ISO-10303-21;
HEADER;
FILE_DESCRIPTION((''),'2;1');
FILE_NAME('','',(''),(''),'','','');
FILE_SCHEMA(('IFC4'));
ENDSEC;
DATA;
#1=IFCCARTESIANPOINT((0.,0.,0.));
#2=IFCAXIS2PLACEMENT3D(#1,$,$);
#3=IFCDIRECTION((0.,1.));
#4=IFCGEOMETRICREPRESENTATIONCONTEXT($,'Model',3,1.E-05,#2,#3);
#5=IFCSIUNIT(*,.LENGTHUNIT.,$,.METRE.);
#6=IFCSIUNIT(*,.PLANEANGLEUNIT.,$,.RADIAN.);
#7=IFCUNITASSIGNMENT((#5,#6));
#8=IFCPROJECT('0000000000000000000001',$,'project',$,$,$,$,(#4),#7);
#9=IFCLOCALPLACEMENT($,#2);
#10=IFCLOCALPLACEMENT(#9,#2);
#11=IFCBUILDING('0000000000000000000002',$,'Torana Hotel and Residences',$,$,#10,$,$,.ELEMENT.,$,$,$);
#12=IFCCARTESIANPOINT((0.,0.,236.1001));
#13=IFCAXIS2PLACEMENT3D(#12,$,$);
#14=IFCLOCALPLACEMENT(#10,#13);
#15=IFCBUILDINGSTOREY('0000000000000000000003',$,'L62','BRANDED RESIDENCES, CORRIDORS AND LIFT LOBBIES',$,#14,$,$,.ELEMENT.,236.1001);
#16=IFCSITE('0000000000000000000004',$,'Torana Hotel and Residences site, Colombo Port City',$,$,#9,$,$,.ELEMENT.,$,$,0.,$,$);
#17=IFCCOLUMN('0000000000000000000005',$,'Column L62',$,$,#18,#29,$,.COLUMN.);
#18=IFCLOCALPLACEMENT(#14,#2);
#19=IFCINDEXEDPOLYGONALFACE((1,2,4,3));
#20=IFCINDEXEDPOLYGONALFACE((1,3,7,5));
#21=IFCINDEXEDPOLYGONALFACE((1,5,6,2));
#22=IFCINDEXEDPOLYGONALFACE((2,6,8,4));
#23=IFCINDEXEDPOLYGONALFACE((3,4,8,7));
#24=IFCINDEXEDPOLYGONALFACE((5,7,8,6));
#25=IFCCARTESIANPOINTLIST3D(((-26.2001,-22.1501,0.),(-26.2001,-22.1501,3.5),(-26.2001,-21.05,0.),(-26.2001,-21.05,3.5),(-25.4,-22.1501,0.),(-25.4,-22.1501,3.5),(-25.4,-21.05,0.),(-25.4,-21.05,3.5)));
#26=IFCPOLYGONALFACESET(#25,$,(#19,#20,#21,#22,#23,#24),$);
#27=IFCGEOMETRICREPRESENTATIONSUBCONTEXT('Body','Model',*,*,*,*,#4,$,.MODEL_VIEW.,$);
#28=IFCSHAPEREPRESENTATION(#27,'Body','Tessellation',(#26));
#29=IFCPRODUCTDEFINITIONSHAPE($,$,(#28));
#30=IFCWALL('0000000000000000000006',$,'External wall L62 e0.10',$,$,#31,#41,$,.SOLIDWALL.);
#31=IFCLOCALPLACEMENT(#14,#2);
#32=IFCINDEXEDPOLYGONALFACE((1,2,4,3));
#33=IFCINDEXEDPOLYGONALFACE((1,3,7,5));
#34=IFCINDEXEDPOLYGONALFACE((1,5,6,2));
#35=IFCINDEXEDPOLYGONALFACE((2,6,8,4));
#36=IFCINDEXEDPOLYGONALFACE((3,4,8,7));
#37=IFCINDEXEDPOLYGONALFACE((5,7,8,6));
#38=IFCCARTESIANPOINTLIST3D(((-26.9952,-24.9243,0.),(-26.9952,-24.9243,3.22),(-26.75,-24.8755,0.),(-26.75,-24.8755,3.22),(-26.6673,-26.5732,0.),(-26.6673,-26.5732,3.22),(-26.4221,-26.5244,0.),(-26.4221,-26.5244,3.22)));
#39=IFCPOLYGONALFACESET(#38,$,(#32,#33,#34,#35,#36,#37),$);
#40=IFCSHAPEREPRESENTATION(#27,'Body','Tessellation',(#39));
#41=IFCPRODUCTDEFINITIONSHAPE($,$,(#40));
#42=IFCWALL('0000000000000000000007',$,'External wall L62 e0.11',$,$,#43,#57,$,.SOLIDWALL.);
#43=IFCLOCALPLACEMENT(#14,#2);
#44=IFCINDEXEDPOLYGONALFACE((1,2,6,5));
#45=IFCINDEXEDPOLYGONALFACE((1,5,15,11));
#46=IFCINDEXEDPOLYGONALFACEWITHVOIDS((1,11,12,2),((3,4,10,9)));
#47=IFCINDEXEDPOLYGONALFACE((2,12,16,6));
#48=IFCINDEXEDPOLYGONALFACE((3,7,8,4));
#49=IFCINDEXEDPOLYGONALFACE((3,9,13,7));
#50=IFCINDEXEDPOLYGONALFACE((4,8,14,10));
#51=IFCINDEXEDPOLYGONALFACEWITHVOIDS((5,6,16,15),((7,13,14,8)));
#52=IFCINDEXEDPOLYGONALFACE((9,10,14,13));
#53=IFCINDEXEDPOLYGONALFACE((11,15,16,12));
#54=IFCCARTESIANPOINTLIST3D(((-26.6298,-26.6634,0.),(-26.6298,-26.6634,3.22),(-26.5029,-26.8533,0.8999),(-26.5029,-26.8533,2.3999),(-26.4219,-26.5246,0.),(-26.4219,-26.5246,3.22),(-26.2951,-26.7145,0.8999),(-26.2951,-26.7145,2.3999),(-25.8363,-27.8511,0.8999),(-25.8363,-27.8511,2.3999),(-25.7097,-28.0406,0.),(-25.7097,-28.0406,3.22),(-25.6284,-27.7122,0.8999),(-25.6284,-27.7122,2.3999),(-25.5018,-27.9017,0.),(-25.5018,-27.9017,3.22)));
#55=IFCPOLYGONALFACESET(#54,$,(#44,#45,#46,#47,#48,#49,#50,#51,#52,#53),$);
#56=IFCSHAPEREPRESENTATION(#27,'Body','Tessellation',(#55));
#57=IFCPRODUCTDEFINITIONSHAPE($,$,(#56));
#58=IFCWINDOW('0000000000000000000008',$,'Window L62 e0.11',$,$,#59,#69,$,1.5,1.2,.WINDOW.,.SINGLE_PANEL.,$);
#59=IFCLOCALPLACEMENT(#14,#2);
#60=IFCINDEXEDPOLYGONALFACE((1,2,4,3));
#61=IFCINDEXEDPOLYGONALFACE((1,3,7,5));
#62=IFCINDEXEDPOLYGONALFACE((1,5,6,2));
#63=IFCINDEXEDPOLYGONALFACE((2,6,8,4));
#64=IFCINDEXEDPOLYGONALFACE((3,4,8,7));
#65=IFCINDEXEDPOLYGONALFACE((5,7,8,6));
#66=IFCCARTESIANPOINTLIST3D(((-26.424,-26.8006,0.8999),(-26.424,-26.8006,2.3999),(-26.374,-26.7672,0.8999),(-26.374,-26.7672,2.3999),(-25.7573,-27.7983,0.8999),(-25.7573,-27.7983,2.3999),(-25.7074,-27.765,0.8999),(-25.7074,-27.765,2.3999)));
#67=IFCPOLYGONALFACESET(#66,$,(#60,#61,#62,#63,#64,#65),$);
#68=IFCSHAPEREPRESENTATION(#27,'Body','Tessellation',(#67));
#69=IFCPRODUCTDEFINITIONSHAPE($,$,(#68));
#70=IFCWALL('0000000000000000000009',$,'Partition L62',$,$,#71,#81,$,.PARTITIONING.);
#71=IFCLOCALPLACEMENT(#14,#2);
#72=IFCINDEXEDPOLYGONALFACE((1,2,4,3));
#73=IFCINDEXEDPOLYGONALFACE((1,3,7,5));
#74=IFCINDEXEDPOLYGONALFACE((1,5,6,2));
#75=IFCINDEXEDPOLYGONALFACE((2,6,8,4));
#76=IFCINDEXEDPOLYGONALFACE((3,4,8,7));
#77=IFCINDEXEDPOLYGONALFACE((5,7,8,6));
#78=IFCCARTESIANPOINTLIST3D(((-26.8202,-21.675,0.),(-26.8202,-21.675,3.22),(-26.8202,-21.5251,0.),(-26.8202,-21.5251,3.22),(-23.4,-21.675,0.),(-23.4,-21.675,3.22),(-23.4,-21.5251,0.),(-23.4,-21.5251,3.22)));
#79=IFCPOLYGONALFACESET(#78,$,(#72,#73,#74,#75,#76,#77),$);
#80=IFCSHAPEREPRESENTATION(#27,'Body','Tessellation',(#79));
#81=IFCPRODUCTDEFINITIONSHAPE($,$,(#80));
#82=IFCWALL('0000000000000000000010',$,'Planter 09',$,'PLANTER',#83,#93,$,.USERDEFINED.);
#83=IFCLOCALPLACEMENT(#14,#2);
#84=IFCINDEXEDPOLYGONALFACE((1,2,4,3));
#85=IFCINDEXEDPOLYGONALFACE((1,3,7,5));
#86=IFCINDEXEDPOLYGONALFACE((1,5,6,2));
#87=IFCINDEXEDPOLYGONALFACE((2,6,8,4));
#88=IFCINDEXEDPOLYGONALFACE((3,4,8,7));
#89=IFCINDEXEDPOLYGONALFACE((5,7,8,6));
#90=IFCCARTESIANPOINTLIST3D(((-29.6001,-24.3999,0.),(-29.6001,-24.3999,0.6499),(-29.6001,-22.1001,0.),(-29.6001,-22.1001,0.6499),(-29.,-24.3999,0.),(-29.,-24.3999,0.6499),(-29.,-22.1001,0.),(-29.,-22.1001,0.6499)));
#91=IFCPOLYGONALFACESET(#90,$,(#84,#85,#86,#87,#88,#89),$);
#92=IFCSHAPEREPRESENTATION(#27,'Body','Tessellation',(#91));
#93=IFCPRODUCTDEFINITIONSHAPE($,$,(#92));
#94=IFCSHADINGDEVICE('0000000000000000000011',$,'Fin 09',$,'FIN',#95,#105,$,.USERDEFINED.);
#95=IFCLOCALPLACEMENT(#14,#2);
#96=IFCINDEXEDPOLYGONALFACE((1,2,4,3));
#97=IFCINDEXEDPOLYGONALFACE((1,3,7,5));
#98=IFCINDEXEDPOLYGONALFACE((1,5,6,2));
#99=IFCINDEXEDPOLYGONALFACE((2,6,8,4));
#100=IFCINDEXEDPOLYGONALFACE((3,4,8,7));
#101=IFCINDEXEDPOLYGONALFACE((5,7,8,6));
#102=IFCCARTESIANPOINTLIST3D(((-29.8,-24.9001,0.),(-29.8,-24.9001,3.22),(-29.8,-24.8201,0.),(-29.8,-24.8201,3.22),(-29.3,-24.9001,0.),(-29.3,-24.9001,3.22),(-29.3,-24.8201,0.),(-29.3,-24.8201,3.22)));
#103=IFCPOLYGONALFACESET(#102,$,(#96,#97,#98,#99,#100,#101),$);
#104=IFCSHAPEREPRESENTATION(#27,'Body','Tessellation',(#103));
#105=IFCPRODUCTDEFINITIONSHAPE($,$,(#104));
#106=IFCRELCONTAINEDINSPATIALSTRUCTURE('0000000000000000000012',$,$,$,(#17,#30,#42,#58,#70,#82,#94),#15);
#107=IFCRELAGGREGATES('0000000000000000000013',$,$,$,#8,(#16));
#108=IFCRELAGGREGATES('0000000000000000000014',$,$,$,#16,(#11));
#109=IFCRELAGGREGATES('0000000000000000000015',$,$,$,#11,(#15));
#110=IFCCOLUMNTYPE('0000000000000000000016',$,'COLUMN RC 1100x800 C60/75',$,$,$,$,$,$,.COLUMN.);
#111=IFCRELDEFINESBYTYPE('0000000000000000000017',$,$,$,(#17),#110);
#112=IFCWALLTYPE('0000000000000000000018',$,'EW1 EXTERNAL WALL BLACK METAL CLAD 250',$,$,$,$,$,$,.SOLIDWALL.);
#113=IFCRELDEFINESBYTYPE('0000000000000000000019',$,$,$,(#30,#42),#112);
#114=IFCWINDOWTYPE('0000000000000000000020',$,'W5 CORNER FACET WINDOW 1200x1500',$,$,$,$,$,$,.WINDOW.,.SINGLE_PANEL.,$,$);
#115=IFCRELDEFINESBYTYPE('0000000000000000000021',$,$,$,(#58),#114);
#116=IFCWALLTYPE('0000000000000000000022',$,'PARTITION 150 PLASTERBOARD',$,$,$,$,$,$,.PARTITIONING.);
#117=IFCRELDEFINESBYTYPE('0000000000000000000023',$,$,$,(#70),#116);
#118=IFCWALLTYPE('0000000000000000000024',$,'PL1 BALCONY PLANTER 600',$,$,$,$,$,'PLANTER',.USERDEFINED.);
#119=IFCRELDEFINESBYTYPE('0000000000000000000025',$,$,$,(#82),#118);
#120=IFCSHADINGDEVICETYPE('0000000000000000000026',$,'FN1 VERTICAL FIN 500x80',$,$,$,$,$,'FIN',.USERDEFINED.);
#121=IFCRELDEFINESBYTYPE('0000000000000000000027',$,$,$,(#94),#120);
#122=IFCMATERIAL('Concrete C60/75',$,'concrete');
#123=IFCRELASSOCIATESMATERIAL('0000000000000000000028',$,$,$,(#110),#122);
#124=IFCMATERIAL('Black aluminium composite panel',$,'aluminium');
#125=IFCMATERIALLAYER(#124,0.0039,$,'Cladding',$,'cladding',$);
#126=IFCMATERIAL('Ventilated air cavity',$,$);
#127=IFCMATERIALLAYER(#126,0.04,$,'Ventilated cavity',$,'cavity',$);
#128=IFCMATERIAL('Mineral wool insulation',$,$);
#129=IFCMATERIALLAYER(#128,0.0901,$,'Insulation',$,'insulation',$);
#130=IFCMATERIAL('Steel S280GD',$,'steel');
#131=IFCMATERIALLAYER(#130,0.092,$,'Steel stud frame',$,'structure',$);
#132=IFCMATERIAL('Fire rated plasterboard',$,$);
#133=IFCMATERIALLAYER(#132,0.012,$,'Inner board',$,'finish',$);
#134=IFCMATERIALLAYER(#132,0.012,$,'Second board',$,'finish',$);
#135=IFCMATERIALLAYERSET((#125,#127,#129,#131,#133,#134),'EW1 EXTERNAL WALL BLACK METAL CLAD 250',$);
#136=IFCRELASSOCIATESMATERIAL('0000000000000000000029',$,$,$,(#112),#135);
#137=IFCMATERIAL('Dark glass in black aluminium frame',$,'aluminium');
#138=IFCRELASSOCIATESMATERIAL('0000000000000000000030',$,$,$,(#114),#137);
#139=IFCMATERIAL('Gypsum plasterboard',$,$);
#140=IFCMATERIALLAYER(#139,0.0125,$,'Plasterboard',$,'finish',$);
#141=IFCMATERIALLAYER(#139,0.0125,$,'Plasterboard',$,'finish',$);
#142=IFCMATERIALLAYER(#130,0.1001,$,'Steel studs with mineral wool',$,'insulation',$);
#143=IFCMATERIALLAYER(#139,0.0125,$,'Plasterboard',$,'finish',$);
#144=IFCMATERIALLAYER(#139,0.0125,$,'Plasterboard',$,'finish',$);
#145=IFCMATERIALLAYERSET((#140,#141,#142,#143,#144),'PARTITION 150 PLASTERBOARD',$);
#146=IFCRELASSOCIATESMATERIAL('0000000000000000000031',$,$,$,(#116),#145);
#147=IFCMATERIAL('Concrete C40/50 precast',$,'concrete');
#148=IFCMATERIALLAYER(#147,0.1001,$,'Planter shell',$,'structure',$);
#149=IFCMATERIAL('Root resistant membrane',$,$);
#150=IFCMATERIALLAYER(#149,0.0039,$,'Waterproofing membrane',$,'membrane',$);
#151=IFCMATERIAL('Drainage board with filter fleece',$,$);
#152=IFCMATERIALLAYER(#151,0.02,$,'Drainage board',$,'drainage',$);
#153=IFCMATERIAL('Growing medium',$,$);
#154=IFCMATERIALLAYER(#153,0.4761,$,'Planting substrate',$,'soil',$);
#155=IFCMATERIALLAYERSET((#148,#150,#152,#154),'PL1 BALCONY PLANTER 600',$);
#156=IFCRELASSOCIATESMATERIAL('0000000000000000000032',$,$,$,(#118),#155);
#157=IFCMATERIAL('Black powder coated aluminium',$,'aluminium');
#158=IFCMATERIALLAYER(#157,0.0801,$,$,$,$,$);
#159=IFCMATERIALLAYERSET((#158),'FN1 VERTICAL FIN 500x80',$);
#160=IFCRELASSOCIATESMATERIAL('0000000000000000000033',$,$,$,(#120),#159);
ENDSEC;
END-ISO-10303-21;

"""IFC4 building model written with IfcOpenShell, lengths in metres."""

from ifc_helpers import new_model, si_unit, direction, frame, frame_2d, origin, origin_2d, place, context, subcontext, project, spatial, rectangle, extrude, material, layer, layer_set, material_profile, profile_set, type_object, element, fill, save


model = new_model("IFC4")

# Units and contexts
model_context = context("Model", 3, precision=1e-05, world=origin(), true_north=direction((0.0, 1.0)))
body_context = subcontext(model_context, "Body", "Model", "MODEL_VIEW")
ifc_project = project(units=[si_unit("LENGTHUNIT", "METRE"), si_unit("PLANEANGLEUNIT", "RADIAN")], contexts=[model_context])

# Site, building, storey
site_placement = place(None, origin())
site = spatial("IfcSite", under=ifc_project, at=site_placement, Name="Torana Hotel and Residences site, Colombo Port City", CompositionType="ELEMENT", RefElevation=0.0)
building_placement = place(site_placement, origin())
building = spatial("IfcBuilding", under=site, at=building_placement, Name="Torana Hotel and Residences", CompositionType="ELEMENT")
storey_placement = place(building_placement, frame((0.0, 0.0, 236.1001)))
storey = spatial("IfcBuildingStorey", under=building, at=storey_placement, Name="L62", Description="BRANDED RESIDENCES, CORRIDORS AND LIFT LOBBIES", CompositionType="ELEMENT", Elevation=236.1001)

# Column
ifc_material_1 = material(Name="Concrete C60/75", Category="concrete")
ifc_material_profile = material_profile(ifc_material_1, rectangle(XDim=1.1001, YDim=0.8, at=origin_2d()), Name="RC 1100x800")
ifc_profile_set = profile_set([ifc_material_profile], Name="Concrete C60/75")
column_type = type_object("IfcColumnType", Name="COLUMN RC 1100x800 C60/75", PredefinedType="COLUMN", material=ifc_profile_set)
column_placement = place(storey_placement, frame((-25.8, -21.6001, 0.0), z_axis=(0.0, 0.0, 1.0), x_axis=(0.0, 1.0, 0.0)))
element("IfcColumn", 1, at=column_placement, inside=storey, type_object=column_type, Name="Column L62", PredefinedType="COLUMN", context=body_context, shape_type="SweptSolid", body=[
    extrude(rectangle(XDim=1.1001, YDim=0.8, at=origin_2d()), origin(), (0.0, 0.0, 1.0), 3.5),
])

# Wall
ifc_material_2 = material(Name="Black aluminium composite panel", Category="aluminium")
ifc_layer_1 = layer(ifc_material_2, 0.0039, Name="Cladding", Category="cladding")
ifc_material_3 = material(Name="Ventilated air cavity")
ifc_layer_2 = layer(ifc_material_3, 0.04, Name="Ventilated cavity", Category="cavity")
ifc_material_4 = material(Name="Mineral wool insulation")
ifc_layer_3 = layer(ifc_material_4, 0.0901, Name="Insulation", Category="insulation")
ifc_material_5 = material(Name="Steel S280GD", Category="steel")
ifc_layer_4 = layer(ifc_material_5, 0.092, Name="Steel stud frame", Category="structure")
ifc_material_6 = material(Name="Fire rated plasterboard")
ifc_layer_5 = layer(ifc_material_6, 0.012, Name="Inner board", Category="finish")
ifc_layer_6 = layer(ifc_material_6, 0.012, Name="Second board", Category="finish")
ifc_layer_set_1 = layer_set([ifc_layer_1, ifc_layer_2, ifc_layer_3, ifc_layer_4, ifc_layer_5, ifc_layer_6], Name="EW1 EXTERNAL WALL BLACK METAL CLAD 250")
wall_type_1 = type_object("IfcWallType", Name="EW1 EXTERNAL WALL BLACK METAL CLAD 250", PredefinedType="SOLIDWALL", material=ifc_layer_set_1)
wall_1_placement = place(storey_placement, frame((-26.8726, -24.8999, 0.0), z_axis=(0.0, 0.0, 1.0), x_axis=(0.195027, -0.980798, 0.0)))
element("IfcWall", 2, at=wall_1_placement, inside=storey, type_object=wall_type_1, Name="External wall L62 e0.10", PredefinedType="SOLIDWALL", context=body_context, shape_type="SweptSolid", body=[
    extrude(rectangle(XDim=1.6812, YDim=0.25, at=frame_2d((0.8406, 0.0))), origin(), (0.0, 0.0, 1.0), 3.22),
])

# Wall, opening, window
wall_2_placement = place(storey_placement, frame((-26.5259, -26.594, 0.0), z_axis=(0.0, 0.0, 1.0), x_axis=(0.55555, -0.831483, 0.0)))
wall_2 = element("IfcWall", 3, at=wall_2_placement, inside=storey, type_object=wall_type_1, Name="External wall L62 e0.11", PredefinedType="SOLIDWALL", context=body_context, shape_type="SweptSolid", body=[
    extrude(rectangle(XDim=1.6562, YDim=0.25, at=frame_2d((0.8281, 0.0))), origin(), (0.0, 0.0, 1.0), 3.22),
])
opening_placement = place(wall_2_placement, frame((0.2283, 0.0, 0.8999)))
opening = element("IfcOpeningElement", 4, at=opening_placement, cuts=wall_2, PredefinedType="OPENING", context=body_context, shape_type="SweptSolid", body=[
    extrude(rectangle(XDim=1.2, YDim=1.5, at=frame_2d((0.6001, 0.75))), frame((0.0, 0.135, 0.0), z_axis=(0.0, -1.0, 0.0), x_axis=(1.0, 0.0, 0.0)), (0.0, 0.0, 1.0), 0.27),
])
ifc_material_7 = material(Name="Dark glass in black aluminium frame", Category="aluminium")
window_type = type_object("IfcWindowType", Name="W5 CORNER FACET WINDOW 1200x1500", PartitioningType="SINGLE_PANEL", PredefinedType="WINDOW", material=ifc_material_7)
window_placement = place(opening_placement, origin())
window = element("IfcWindow", 5, at=window_placement, inside=storey, type_object=window_type, Name="Window L62 e0.11", OverallHeight=1.5, OverallWidth=1.2, PartitioningType="SINGLE_PANEL", PredefinedType="WINDOW", context=body_context, shape_type="SweptSolid", body=[
    extrude(rectangle(XDim=1.2, YDim=1.5, at=frame_2d((0.6001, 0.75))), frame((0.0, 0.03, 0.0), z_axis=(0.0, -1.0, 0.0), x_axis=(1.0, 0.0, 0.0)), (0.0, 0.0, 1.0), 0.0601),
])
fill(opening, window)

# Walls
ifc_material_8 = material(Name="Gypsum plasterboard")
ifc_layer_7 = layer(ifc_material_8, 0.0125, Name="Plasterboard", Category="finish")
ifc_layer_8 = layer(ifc_material_8, 0.0125, Name="Plasterboard", Category="finish")
ifc_layer_9 = layer(ifc_material_5, 0.1001, Name="Steel studs with mineral wool", Category="insulation")
ifc_layer_10 = layer(ifc_material_8, 0.0125, Name="Plasterboard", Category="finish")
ifc_layer_11 = layer(ifc_material_8, 0.0125, Name="Plasterboard", Category="finish")
ifc_layer_set_2 = layer_set([ifc_layer_7, ifc_layer_8, ifc_layer_9, ifc_layer_10, ifc_layer_11], Name="PARTITION 150 PLASTERBOARD")
wall_type_2 = type_object("IfcWallType", Name="PARTITION 150 PLASTERBOARD", PredefinedType="PARTITIONING", material=ifc_layer_set_2)
wall_3_placement = place(storey_placement, frame((-26.8201, -21.6001, 0.0), z_axis=(0.0, 0.0, 1.0), x_axis=(1.0, 0.0, 0.0)))
element("IfcWall", 6, at=wall_3_placement, inside=storey, type_object=wall_type_2, Name="Partition L62", PredefinedType="PARTITIONING", context=body_context, shape_type="SweptSolid", body=[
    extrude(rectangle(XDim=3.4202, YDim=0.1499, at=frame_2d((1.71, 0.0))), origin(), (0.0, 0.0, 1.0), 3.22),
])
ifc_material_9 = material(Name="Concrete C40/50 precast", Category="concrete")
ifc_layer_12 = layer(ifc_material_9, 0.1001, Name="Planter shell", Category="structure")
ifc_material_10 = material(Name="Root resistant membrane")
ifc_layer_13 = layer(ifc_material_10, 0.0039, Name="Waterproofing membrane", Category="membrane")
ifc_material_11 = material(Name="Drainage board with filter fleece")
ifc_layer_14 = layer(ifc_material_11, 0.02, Name="Drainage board", Category="drainage")
ifc_material_12 = material(Name="Growing medium")
ifc_layer_15 = layer(ifc_material_12, 0.4761, Name="Planting substrate", Category="soil")
ifc_layer_set_3 = layer_set([ifc_layer_12, ifc_layer_13, ifc_layer_14, ifc_layer_15], Name="PL1 BALCONY PLANTER 600")
wall_type_3 = type_object("IfcWallType", Name="PL1 BALCONY PLANTER 600", ElementType="PLANTER", PredefinedType="USERDEFINED", material=ifc_layer_set_3)
wall_4_placement = place(storey_placement, frame((-29.3, -24.3999, 0.0), z_axis=(0.0, 0.0, 1.0), x_axis=(0.0, 1.0, 0.0)))
element("IfcWall", 7, at=wall_4_placement, inside=storey, type_object=wall_type_3, Name="Planter 09", ObjectType="PLANTER", PredefinedType="USERDEFINED", context=body_context, shape_type="SweptSolid", body=[
    extrude(rectangle(XDim=2.2998, YDim=0.6001, at=frame_2d((1.1499, 0.0))), origin(), (0.0, 0.0, 1.0), 0.6499),
])

# Shading device
ifc_material_13 = material(Name="Black powder coated aluminium", Category="aluminium")
ifc_layer_16 = layer(ifc_material_13, 0.0801)
ifc_layer_set_4 = layer_set([ifc_layer_16], Name="FN1 VERTICAL FIN 500x80")
shading_device_type = type_object("IfcShadingDeviceType", Name="FN1 VERTICAL FIN 500x80", ElementType="FIN", PredefinedType="USERDEFINED", material=ifc_layer_set_4)
shading_device_placement = place(storey_placement, frame((-29.55, -24.8601, 0.0), z_axis=(0.0, 0.0, 1.0), x_axis=(0.0, 1.0, 0.0)))
element("IfcShadingDevice", 8, at=shading_device_placement, inside=storey, type_object=shading_device_type, Name="Fin 09", ObjectType="FIN", PredefinedType="USERDEFINED", context=body_context, shape_type="SweptSolid", body=[
    extrude(rectangle(XDim=0.0801, YDim=0.5, at=origin_2d()), origin(), (0.0, 0.0, 1.0), 3.22),
])

save(model, "model.ifc")
